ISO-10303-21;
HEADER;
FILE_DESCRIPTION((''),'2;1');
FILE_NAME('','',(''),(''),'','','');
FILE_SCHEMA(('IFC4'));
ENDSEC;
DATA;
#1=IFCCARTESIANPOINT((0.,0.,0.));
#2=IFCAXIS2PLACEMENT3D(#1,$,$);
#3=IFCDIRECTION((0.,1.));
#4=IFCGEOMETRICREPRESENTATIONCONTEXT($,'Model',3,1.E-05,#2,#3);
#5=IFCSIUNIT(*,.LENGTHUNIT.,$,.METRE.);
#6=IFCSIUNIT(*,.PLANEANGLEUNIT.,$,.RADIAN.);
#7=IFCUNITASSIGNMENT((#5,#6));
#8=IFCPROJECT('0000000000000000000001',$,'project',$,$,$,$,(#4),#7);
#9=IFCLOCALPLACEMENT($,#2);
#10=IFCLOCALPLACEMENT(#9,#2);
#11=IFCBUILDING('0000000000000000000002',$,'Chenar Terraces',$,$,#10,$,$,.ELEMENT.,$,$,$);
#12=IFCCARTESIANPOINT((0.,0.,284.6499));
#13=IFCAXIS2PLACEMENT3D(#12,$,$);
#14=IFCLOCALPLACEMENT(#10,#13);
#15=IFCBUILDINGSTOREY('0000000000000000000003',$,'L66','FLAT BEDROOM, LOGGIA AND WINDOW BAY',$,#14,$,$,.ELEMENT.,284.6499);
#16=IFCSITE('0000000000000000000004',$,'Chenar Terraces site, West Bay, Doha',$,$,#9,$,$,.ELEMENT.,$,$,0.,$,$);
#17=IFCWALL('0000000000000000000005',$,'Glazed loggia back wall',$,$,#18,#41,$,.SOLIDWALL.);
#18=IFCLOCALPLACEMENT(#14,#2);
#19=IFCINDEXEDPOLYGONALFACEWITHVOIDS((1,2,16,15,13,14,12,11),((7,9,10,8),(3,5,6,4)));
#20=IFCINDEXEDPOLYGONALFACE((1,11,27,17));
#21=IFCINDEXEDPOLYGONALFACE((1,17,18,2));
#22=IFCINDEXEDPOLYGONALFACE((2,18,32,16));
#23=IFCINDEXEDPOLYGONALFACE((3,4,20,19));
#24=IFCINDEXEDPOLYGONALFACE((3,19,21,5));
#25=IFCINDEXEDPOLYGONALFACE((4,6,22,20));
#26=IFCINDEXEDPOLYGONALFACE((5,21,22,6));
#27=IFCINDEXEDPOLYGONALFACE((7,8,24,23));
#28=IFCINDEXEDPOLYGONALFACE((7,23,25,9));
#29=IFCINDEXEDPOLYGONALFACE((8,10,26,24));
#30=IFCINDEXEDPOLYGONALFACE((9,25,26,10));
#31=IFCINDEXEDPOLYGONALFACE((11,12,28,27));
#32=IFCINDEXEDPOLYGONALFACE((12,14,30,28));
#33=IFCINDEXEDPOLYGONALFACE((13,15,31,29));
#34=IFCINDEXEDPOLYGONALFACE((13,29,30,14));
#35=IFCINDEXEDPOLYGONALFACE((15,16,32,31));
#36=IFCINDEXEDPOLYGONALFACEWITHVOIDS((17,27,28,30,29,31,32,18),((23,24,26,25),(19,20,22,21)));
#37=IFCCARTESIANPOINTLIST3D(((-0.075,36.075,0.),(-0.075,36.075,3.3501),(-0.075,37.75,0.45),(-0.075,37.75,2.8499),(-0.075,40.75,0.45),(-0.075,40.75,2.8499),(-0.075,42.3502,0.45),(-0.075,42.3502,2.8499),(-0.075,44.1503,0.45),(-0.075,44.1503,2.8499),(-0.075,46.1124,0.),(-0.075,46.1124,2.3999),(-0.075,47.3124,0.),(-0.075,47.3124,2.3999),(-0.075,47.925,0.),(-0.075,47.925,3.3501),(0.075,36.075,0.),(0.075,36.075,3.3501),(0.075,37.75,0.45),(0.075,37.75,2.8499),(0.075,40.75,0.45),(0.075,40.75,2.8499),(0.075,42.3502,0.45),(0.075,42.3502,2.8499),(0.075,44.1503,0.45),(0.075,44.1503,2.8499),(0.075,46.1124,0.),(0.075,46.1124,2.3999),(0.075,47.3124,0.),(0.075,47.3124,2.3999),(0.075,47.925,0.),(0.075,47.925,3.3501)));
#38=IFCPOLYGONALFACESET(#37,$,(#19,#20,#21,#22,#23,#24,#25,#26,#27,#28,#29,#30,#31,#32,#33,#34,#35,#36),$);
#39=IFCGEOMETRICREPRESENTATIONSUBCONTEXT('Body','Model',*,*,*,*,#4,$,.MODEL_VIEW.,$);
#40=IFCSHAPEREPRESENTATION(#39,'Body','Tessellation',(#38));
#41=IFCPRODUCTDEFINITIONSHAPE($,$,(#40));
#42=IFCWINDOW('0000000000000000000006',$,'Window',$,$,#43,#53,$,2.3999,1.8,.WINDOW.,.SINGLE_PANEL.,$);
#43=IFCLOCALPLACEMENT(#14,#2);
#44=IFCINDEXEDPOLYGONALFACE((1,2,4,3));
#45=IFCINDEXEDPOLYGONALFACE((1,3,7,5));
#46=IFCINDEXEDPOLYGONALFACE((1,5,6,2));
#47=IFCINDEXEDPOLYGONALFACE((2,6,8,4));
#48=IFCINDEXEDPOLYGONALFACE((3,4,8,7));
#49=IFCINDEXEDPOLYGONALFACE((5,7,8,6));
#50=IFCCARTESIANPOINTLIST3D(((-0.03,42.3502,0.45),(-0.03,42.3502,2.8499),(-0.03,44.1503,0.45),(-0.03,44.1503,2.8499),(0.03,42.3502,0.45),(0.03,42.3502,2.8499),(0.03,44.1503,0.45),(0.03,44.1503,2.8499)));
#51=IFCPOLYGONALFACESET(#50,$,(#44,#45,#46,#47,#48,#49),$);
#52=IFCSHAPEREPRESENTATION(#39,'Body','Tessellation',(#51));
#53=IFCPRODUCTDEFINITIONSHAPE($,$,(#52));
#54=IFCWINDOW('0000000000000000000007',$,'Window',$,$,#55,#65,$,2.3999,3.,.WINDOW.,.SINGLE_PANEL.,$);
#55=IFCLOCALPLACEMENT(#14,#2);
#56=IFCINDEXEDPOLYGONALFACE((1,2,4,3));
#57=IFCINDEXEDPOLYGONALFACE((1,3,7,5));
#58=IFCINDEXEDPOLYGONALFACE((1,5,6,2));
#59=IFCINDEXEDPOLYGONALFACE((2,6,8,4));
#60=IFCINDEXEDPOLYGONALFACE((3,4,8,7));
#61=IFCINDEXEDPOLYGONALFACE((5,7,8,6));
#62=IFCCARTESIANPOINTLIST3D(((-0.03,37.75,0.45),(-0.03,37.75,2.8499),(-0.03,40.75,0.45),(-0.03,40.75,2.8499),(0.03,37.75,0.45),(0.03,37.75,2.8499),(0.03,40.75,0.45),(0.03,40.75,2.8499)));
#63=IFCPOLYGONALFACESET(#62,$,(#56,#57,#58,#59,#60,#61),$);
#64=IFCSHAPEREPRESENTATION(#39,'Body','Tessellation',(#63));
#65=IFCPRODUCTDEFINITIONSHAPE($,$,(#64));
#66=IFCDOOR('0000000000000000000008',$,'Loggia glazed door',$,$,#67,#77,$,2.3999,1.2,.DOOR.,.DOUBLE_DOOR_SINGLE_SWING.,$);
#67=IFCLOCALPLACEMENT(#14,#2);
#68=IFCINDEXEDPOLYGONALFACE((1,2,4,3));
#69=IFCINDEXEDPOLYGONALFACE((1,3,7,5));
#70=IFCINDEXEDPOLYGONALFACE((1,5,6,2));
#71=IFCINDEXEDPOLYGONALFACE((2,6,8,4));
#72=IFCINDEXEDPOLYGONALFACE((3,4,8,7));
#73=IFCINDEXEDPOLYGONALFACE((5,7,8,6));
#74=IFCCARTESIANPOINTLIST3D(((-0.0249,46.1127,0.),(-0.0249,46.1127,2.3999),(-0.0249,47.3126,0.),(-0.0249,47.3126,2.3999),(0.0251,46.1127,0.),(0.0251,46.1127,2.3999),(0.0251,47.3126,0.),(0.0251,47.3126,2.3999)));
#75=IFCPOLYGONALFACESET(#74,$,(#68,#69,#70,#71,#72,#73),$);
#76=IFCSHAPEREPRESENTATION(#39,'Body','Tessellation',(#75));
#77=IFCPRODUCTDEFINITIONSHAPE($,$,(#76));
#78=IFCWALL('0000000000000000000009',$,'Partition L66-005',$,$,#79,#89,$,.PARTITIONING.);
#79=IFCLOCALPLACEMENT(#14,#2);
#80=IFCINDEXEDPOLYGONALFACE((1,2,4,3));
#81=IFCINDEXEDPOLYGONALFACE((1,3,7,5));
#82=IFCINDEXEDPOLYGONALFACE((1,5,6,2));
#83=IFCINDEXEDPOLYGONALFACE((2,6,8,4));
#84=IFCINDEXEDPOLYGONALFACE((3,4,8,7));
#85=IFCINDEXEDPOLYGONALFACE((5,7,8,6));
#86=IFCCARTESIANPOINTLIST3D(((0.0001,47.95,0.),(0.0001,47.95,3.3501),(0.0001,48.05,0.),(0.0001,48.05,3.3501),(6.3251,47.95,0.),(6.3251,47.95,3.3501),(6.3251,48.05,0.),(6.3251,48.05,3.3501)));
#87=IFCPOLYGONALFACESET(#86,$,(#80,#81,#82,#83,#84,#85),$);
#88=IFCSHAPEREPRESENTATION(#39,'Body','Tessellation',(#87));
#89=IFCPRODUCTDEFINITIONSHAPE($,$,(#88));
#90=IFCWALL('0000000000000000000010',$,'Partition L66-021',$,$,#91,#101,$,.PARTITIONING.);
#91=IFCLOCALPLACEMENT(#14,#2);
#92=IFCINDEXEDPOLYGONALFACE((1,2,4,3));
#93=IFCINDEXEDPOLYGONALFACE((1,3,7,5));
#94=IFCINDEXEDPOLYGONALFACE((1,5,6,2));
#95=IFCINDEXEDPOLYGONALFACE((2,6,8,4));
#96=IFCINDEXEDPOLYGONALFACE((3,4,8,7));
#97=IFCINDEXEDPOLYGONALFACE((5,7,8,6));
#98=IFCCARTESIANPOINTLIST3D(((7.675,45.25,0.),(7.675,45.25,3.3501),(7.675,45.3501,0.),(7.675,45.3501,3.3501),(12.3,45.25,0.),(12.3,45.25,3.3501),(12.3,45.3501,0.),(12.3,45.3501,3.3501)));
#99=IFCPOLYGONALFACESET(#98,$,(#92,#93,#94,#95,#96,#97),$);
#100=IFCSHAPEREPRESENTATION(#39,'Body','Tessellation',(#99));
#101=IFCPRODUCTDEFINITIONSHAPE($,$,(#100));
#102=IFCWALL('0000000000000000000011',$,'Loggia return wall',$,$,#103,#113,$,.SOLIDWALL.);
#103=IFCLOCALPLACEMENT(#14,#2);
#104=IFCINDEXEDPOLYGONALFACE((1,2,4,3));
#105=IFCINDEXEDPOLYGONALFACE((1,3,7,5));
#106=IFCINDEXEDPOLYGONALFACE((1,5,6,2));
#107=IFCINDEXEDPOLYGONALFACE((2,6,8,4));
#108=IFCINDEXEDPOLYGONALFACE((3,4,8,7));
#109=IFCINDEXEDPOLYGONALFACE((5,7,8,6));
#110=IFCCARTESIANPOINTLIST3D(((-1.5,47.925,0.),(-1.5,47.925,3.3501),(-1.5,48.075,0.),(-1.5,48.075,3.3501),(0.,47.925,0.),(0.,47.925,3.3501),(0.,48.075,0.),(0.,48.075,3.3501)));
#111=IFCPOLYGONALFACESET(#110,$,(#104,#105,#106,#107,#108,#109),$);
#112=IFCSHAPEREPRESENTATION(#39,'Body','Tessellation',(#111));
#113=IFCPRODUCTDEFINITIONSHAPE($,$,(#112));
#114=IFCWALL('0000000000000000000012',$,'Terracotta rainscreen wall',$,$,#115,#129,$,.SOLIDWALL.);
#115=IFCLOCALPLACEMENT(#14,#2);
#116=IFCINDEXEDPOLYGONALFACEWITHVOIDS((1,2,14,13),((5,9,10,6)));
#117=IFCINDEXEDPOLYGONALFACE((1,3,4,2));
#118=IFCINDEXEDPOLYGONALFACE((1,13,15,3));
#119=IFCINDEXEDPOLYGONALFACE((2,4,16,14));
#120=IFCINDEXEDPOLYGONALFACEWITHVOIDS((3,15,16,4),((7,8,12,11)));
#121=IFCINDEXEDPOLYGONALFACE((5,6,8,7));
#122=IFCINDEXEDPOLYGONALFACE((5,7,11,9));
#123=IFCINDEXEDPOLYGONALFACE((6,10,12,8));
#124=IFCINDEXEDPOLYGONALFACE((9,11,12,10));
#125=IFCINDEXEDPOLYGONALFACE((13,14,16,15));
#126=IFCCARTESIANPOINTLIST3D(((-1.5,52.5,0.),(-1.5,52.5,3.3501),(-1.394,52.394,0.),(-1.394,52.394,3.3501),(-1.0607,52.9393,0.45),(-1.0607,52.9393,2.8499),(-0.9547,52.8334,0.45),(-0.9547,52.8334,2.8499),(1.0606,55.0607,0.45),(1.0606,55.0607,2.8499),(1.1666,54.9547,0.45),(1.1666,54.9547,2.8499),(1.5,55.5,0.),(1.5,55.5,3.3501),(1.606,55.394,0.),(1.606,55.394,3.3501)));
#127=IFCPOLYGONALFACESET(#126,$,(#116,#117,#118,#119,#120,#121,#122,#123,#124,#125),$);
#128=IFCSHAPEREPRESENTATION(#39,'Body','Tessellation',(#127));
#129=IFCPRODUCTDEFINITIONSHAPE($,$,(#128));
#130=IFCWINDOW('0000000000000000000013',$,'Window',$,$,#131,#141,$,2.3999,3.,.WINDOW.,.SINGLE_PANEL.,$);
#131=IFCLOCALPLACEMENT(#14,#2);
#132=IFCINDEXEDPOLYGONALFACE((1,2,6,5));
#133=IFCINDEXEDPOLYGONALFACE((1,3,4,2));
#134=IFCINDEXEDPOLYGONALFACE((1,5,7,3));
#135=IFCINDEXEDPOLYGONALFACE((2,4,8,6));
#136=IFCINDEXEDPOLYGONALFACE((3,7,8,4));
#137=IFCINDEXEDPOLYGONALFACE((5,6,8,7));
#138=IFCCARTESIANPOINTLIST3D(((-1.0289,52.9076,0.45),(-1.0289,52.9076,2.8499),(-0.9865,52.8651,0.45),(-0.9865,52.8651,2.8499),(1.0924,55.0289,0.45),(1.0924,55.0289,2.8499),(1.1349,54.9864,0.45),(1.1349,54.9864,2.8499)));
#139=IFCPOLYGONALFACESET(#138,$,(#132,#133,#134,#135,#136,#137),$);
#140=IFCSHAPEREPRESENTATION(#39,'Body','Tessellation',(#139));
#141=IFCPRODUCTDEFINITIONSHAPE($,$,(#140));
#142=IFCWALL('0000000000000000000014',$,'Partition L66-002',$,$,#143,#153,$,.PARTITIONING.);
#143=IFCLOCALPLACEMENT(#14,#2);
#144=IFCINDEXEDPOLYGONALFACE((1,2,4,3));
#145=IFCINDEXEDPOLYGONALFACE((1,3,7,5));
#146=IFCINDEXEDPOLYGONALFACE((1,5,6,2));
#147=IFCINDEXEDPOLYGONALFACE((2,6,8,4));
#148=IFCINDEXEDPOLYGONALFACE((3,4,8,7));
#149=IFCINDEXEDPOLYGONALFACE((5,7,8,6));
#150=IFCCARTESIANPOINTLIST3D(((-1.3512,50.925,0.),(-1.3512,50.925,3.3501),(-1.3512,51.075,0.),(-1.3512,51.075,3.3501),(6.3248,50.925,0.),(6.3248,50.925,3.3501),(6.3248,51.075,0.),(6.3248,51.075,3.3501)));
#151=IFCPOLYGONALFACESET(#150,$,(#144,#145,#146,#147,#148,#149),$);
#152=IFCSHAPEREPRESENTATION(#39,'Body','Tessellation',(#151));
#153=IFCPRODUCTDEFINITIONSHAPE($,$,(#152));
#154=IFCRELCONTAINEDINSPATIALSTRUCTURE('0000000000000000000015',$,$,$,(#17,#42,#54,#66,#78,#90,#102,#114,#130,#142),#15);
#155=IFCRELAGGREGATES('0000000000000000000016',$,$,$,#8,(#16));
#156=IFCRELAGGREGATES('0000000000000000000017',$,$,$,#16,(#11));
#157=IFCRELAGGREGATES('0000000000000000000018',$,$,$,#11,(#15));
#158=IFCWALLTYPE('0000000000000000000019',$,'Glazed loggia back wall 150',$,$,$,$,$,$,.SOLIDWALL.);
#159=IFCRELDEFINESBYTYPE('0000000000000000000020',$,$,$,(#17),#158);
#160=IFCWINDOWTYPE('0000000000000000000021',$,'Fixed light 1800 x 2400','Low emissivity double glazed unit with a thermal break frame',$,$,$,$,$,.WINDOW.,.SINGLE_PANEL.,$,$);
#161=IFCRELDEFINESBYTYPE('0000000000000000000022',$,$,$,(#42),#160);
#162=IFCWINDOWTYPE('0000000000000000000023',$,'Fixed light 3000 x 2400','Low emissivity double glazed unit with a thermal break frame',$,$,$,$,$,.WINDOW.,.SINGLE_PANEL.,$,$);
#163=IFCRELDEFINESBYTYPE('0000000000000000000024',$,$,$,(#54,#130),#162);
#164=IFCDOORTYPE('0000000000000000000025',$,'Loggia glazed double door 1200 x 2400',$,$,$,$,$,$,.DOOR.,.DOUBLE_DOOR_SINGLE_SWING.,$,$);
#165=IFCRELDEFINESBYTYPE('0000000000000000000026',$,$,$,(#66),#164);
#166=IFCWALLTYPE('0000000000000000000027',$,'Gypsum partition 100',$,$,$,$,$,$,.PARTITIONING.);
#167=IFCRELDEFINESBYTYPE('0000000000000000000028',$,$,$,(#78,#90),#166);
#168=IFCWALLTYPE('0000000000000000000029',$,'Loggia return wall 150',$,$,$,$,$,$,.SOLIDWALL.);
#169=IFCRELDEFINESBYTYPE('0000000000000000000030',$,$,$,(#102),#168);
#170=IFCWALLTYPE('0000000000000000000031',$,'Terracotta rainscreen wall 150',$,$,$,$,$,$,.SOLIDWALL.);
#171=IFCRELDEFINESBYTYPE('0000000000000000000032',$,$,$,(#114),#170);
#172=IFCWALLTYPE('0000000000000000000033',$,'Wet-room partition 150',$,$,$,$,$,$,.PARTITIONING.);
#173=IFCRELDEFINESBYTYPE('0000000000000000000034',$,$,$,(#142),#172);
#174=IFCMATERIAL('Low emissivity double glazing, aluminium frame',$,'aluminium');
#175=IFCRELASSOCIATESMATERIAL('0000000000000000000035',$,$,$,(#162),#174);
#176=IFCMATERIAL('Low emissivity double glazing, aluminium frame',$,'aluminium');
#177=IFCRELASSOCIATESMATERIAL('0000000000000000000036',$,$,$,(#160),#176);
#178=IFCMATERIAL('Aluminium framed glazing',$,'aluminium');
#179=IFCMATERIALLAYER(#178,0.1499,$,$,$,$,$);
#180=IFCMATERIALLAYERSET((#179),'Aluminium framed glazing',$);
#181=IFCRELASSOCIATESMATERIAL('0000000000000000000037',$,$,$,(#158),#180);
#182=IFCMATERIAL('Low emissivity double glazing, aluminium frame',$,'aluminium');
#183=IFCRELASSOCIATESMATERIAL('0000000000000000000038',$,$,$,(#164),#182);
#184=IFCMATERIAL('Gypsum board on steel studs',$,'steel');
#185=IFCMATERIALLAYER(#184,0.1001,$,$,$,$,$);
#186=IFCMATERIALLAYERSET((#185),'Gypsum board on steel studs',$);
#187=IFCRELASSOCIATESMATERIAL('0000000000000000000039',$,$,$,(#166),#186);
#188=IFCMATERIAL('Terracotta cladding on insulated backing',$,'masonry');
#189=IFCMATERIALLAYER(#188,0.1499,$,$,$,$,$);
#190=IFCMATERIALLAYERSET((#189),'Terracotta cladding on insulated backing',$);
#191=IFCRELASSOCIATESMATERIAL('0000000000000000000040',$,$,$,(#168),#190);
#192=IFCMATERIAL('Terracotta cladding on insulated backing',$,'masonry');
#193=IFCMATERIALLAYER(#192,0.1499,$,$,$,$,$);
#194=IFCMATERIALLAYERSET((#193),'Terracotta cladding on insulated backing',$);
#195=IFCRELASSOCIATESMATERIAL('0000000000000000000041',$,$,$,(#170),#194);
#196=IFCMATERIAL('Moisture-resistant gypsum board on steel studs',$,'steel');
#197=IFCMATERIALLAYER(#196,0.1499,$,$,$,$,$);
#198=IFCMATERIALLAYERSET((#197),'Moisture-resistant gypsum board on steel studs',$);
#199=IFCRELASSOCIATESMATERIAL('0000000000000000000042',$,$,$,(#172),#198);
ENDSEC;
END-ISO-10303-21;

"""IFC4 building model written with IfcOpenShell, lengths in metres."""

from ifc_helpers import new_model, si_unit, direction, frame, frame_2d, origin, place, context, subcontext, project, spatial, rectangle, extrude, material, layer, layer_set, type_object, element, fill, save


model = new_model("IFC4")

# Units and contexts
model_context = context("Model", 3, precision=1e-05, world=origin(), true_north=direction((0.0, 1.0)))
body_context = subcontext(model_context, "Body", "Model", "MODEL_VIEW")
ifc_project = project(units=[si_unit("LENGTHUNIT", "METRE"), si_unit("PLANEANGLEUNIT", "RADIAN")], contexts=[model_context])

# Site, building, storey
site_placement = place(None, origin())
site = spatial("IfcSite", under=ifc_project, at=site_placement, Name="Chenar Terraces site, West Bay, Doha", CompositionType="ELEMENT", RefElevation=0.0)
building_placement = place(site_placement, origin())
building = spatial("IfcBuilding", under=site, at=building_placement, Name="Chenar Terraces", CompositionType="ELEMENT")
storey_placement = place(building_placement, frame((0.0, 0.0, 284.6499)))
storey = spatial("IfcBuildingStorey", under=building, at=storey_placement, Name="L66", Description="FLAT BEDROOM, LOGGIA AND WINDOW BAY", CompositionType="ELEMENT", Elevation=284.6499)

# Shared definitions
ifc_material_1 = material(Name="Low emissivity double glazing, aluminium frame", Category="aluminium")
window_type_1 = type_object("IfcWindowType", Name="Fixed light 3000 x 2400", Description="Low emissivity double glazed unit with a thermal break frame", PartitioningType="SINGLE_PANEL", PredefinedType="WINDOW", material=ifc_material_1)
ifc_material_2 = material(Name="Low emissivity double glazing, aluminium frame", Category="aluminium")
window_type_2 = type_object("IfcWindowType", Name="Fixed light 1800 x 2400", Description="Low emissivity double glazed unit with a thermal break frame", PartitioningType="SINGLE_PANEL", PredefinedType="WINDOW", material=ifc_material_2)

# Wall, openings, windows, door
ifc_material_3 = material(Name="Aluminium framed glazing", Category="aluminium")
ifc_layer_1 = layer(ifc_material_3, 0.1499)
ifc_layer_set_1 = layer_set([ifc_layer_1], Name="Aluminium framed glazing")
wall_type_1 = type_object("IfcWallType", Name="Glazed loggia back wall 150", PredefinedType="SOLIDWALL", material=ifc_layer_set_1)
wall_1_placement = place(storey_placement, frame((0.0, 47.925, 0.0), z_axis=(0.0, 0.0, 1.0), x_axis=(0.0, -1.0, 0.0)))
wall_1 = element("IfcWall", 1, at=wall_1_placement, inside=storey, type_object=wall_type_1, Name="Glazed loggia back wall", PredefinedType="SOLIDWALL", context=body_context, shape_type="SweptSolid", body=[
    extrude(rectangle(XDim=11.8501, YDim=0.1499, at=frame_2d((5.925, 0.0))), origin(), (0.0, 0.0, 1.0), 3.3501),
])
opening_1_placement = place(wall_1_placement, frame((0.6125, 0.0, 0.0)))
opening_1 = element("IfcOpeningElement", 2, at=opening_1_placement, cuts=wall_1, PredefinedType="OPENING", context=body_context, shape_type="SweptSolid", body=[
    extrude(rectangle(XDim=1.2, YDim=2.3999, at=frame_2d((0.6001, 1.2))), frame((0.0, 0.085, 0.0), z_axis=(0.0, -1.0, 0.0), x_axis=(1.0, 0.0, 0.0)), (0.0, 0.0, 1.0), 0.1699),
])
opening_2_placement = place(wall_1_placement, frame((3.7749, 0.0, 0.45)))
opening_2 = element("IfcOpeningElement", 3, at=opening_2_placement, cuts=wall_1, PredefinedType="OPENING", context=body_context, shape_type="SweptSolid", body=[
    extrude(rectangle(XDim=1.8, YDim=2.3999, at=frame_2d((0.8999, 1.2))), frame((0.0, 0.085, 0.0), z_axis=(0.0, -1.0, 0.0), x_axis=(1.0, 0.0, 0.0)), (0.0, 0.0, 1.0), 0.1699),
])
opening_3_placement = place(wall_1_placement, frame((7.175, 0.0, 0.45)))
opening_3 = element("IfcOpeningElement", 4, at=opening_3_placement, cuts=wall_1, PredefinedType="OPENING", context=body_context, shape_type="SweptSolid", body=[
    extrude(rectangle(XDim=3.0, YDim=2.3999, at=frame_2d((1.5, 1.2))), frame((0.0, 0.085, 0.0), z_axis=(0.0, -1.0, 0.0), x_axis=(1.0, 0.0, 0.0)), (0.0, 0.0, 1.0), 0.1699),
])
window_1_placement = place(opening_2_placement, origin())
window_1 = element("IfcWindow", 5, at=window_1_placement, inside=storey, type_object=window_type_2, Name="Window", OverallHeight=2.3999, OverallWidth=1.8, PartitioningType="SINGLE_PANEL", PredefinedType="WINDOW", context=body_context, shape_type="SweptSolid", body=[
    extrude(rectangle(XDim=1.8, YDim=2.3999, at=frame_2d((0.8999, 1.2))), frame((0.0, 0.03, 0.0), z_axis=(0.0, -1.0, 0.0), x_axis=(1.0, 0.0, 0.0)), (0.0, 0.0, 1.0), 0.0601),
])
fill(opening_2, window_1)
window_2_placement = place(opening_3_placement, origin())
window_2 = element("IfcWindow", 6, at=window_2_placement, inside=storey, type_object=window_type_1, Name="Window", OverallHeight=2.3999, OverallWidth=3.0, PartitioningType="SINGLE_PANEL", PredefinedType="WINDOW", context=body_context, shape_type="SweptSolid", body=[
    extrude(rectangle(XDim=3.0, YDim=2.3999, at=frame_2d((1.5, 1.2))), frame((0.0, 0.03, 0.0), z_axis=(0.0, -1.0, 0.0), x_axis=(1.0, 0.0, 0.0)), (0.0, 0.0, 1.0), 0.0601),
])
fill(opening_3, window_2)
ifc_material_4 = material(Name="Low emissivity double glazing, aluminium frame", Category="aluminium")
door_type_1 = type_object("IfcDoorType", Name="Loggia glazed double door 1200 x 2400", OperationType="DOUBLE_DOOR_SINGLE_SWING", PredefinedType="DOOR", material=ifc_material_4)
door_1_placement = place(opening_1_placement, frame((1.2, 0.0, 0.0), z_axis=(0.0, 0.0, 1.0), x_axis=(-1.0, 0.0, 0.0)))
door_1 = element("IfcDoor", 7, at=door_1_placement, inside=storey, type_object=door_type_1, Name="Loggia glazed door", OperationType="DOUBLE_DOOR_SINGLE_SWING", OverallHeight=2.3999, OverallWidth=1.2, PredefinedType="DOOR", context=body_context, shape_type="SweptSolid", body=[
    extrude(rectangle(XDim=1.2, YDim=2.3999, at=frame_2d((0.6001, 1.2))), frame((0.0, 0.0249, 0.0), z_axis=(0.0, -1.0, 0.0), x_axis=(1.0, 0.0, 0.0)), (0.0, 0.0, 1.0), 0.05),
])
fill(opening_1, door_1)

# Walls
ifc_material_5 = material(Name="Gypsum board on steel studs", Category="steel")
ifc_layer_2 = layer(ifc_material_5, 0.1001)
ifc_layer_set_2 = layer_set([ifc_layer_2], Name="Gypsum board on steel studs")
wall_type_2 = type_object("IfcWallType", Name="Gypsum partition 100", PredefinedType="PARTITIONING", material=ifc_layer_set_2)
wall_2_placement = place(storey_placement, frame((0.0, 48.0, 0.0), z_axis=(0.0, 0.0, 1.0), x_axis=(1.0, 0.0, 0.0)))
element("IfcWall", 8, at=wall_2_placement, inside=storey, type_object=wall_type_2, Name="Partition L66-005", PredefinedType="PARTITIONING", context=body_context, shape_type="SweptSolid", body=[
    extrude(rectangle(XDim=6.325, YDim=0.1001, at=frame_2d((3.1626, 0.0))), origin(), (0.0, 0.0, 1.0), 3.3501),
])
wall_3_placement = place(storey_placement, frame((7.675, 45.3, 0.0), z_axis=(0.0, 0.0, 1.0), x_axis=(1.0, 0.0, 0.0)))
element("IfcWall", 9, at=wall_3_placement, inside=storey, type_object=wall_type_2, Name="Partition L66-021", PredefinedType="PARTITIONING", context=body_context, shape_type="SweptSolid", body=[
    extrude(rectangle(XDim=4.625, YDim=0.1001, at=frame_2d((2.3125, 0.0))), origin(), (0.0, 0.0, 1.0), 3.3501),
])
ifc_material_6 = material(Name="Terracotta cladding on insulated backing", Category="masonry")
ifc_layer_3 = layer(ifc_material_6, 0.1499)
ifc_layer_set_3 = layer_set([ifc_layer_3], Name="Terracotta cladding on insulated backing")
wall_type_3 = type_object("IfcWallType", Name="Loggia return wall 150", PredefinedType="SOLIDWALL", material=ifc_layer_set_3)
wall_4_placement = place(storey_placement, frame((-1.5, 48.0, 0.0), z_axis=(0.0, 0.0, 1.0), x_axis=(1.0, 0.0, 0.0)))
element("IfcWall", 10, at=wall_4_placement, inside=storey, type_object=wall_type_3, Name="Loggia return wall", PredefinedType="SOLIDWALL", context=body_context, shape_type="SweptSolid", body=[
    extrude(rectangle(XDim=1.5, YDim=0.1499, at=frame_2d((0.75, 0.0))), origin(), (0.0, 0.0, 1.0), 3.3501),
])

# Wall, opening, window
ifc_material_7 = material(Name="Terracotta cladding on insulated backing", Category="masonry")
ifc_layer_4 = layer(ifc_material_7, 0.1499)
ifc_layer_set_4 = layer_set([ifc_layer_4], Name="Terracotta cladding on insulated backing")
wall_type_4 = type_object("IfcWallType", Name="Terracotta rainscreen wall 150", PredefinedType="SOLIDWALL", material=ifc_layer_set_4)
wall_5_placement = place(storey_placement, frame((1.553, 55.447, 0.0), z_axis=(0.0, 0.0, 1.0), x_axis=(-0.707107, -0.707107, 0.0)))
wall_5 = element("IfcWall", 11, at=wall_5_placement, inside=storey, type_object=wall_type_4, Name="Terracotta rainscreen wall", PredefinedType="SOLIDWALL", context=body_context, shape_type="SweptSolid", body=[
    extrude(rectangle(XDim=4.2427, YDim=0.1499, at=frame_2d((2.1213, 0.0))), origin(), (0.0, 0.0, 1.0), 3.3501),
])
opening_4_placement = place(wall_5_placement, frame((0.6213, 0.0, 0.45)))
opening_4 = element("IfcOpeningElement", 12, at=opening_4_placement, cuts=wall_5, PredefinedType="OPENING", context=body_context, shape_type="SweptSolid", body=[
    extrude(rectangle(XDim=3.0, YDim=2.3999, at=frame_2d((1.5, 1.2))), frame((0.0, 0.085, 0.0), z_axis=(0.0, -1.0, 0.0), x_axis=(1.0, 0.0, 0.0)), (0.0, 0.0, 1.0), 0.1699),
])
window_3_placement = place(opening_4_placement, origin())
window_3 = element("IfcWindow", 13, at=window_3_placement, inside=storey, type_object=window_type_1, Name="Window", OverallHeight=2.3999, OverallWidth=3.0, PartitioningType="SINGLE_PANEL", PredefinedType="WINDOW", context=body_context, shape_type="SweptSolid", body=[
    extrude(rectangle(XDim=3.0, YDim=2.3999, at=frame_2d((1.5, 1.2))), frame((0.0, 0.03, 0.0), z_axis=(0.0, -1.0, 0.0), x_axis=(1.0, 0.0, 0.0)), (0.0, 0.0, 1.0), 0.0601),
])
fill(opening_4, window_3)

# Wall
ifc_material_8 = material(Name="Moisture-resistant gypsum board on steel studs", Category="steel")
ifc_layer_5 = layer(ifc_material_8, 0.1499)
ifc_layer_set_5 = layer_set([ifc_layer_5], Name="Moisture-resistant gypsum board on steel studs")
wall_type_5 = type_object("IfcWallType", Name="Wet-room partition 150", PredefinedType="PARTITIONING", material=ifc_layer_set_5)
wall_6_placement = place(storey_placement, frame((-1.3511, 51.0, 0.0), z_axis=(0.0, 0.0, 1.0), x_axis=(1.0, 0.0, 0.0)))
element("IfcWall", 14, at=wall_6_placement, inside=storey, type_object=wall_type_5, Name="Partition L66-002", PredefinedType="PARTITIONING", context=body_context, shape_type="SweptSolid", body=[
    extrude(rectangle(XDim=7.676, YDim=0.1499, at=frame_2d((3.8379, 0.0))), origin(), (0.0, 0.0, 1.0), 3.3501),
])

save(model, "model.ifc")
